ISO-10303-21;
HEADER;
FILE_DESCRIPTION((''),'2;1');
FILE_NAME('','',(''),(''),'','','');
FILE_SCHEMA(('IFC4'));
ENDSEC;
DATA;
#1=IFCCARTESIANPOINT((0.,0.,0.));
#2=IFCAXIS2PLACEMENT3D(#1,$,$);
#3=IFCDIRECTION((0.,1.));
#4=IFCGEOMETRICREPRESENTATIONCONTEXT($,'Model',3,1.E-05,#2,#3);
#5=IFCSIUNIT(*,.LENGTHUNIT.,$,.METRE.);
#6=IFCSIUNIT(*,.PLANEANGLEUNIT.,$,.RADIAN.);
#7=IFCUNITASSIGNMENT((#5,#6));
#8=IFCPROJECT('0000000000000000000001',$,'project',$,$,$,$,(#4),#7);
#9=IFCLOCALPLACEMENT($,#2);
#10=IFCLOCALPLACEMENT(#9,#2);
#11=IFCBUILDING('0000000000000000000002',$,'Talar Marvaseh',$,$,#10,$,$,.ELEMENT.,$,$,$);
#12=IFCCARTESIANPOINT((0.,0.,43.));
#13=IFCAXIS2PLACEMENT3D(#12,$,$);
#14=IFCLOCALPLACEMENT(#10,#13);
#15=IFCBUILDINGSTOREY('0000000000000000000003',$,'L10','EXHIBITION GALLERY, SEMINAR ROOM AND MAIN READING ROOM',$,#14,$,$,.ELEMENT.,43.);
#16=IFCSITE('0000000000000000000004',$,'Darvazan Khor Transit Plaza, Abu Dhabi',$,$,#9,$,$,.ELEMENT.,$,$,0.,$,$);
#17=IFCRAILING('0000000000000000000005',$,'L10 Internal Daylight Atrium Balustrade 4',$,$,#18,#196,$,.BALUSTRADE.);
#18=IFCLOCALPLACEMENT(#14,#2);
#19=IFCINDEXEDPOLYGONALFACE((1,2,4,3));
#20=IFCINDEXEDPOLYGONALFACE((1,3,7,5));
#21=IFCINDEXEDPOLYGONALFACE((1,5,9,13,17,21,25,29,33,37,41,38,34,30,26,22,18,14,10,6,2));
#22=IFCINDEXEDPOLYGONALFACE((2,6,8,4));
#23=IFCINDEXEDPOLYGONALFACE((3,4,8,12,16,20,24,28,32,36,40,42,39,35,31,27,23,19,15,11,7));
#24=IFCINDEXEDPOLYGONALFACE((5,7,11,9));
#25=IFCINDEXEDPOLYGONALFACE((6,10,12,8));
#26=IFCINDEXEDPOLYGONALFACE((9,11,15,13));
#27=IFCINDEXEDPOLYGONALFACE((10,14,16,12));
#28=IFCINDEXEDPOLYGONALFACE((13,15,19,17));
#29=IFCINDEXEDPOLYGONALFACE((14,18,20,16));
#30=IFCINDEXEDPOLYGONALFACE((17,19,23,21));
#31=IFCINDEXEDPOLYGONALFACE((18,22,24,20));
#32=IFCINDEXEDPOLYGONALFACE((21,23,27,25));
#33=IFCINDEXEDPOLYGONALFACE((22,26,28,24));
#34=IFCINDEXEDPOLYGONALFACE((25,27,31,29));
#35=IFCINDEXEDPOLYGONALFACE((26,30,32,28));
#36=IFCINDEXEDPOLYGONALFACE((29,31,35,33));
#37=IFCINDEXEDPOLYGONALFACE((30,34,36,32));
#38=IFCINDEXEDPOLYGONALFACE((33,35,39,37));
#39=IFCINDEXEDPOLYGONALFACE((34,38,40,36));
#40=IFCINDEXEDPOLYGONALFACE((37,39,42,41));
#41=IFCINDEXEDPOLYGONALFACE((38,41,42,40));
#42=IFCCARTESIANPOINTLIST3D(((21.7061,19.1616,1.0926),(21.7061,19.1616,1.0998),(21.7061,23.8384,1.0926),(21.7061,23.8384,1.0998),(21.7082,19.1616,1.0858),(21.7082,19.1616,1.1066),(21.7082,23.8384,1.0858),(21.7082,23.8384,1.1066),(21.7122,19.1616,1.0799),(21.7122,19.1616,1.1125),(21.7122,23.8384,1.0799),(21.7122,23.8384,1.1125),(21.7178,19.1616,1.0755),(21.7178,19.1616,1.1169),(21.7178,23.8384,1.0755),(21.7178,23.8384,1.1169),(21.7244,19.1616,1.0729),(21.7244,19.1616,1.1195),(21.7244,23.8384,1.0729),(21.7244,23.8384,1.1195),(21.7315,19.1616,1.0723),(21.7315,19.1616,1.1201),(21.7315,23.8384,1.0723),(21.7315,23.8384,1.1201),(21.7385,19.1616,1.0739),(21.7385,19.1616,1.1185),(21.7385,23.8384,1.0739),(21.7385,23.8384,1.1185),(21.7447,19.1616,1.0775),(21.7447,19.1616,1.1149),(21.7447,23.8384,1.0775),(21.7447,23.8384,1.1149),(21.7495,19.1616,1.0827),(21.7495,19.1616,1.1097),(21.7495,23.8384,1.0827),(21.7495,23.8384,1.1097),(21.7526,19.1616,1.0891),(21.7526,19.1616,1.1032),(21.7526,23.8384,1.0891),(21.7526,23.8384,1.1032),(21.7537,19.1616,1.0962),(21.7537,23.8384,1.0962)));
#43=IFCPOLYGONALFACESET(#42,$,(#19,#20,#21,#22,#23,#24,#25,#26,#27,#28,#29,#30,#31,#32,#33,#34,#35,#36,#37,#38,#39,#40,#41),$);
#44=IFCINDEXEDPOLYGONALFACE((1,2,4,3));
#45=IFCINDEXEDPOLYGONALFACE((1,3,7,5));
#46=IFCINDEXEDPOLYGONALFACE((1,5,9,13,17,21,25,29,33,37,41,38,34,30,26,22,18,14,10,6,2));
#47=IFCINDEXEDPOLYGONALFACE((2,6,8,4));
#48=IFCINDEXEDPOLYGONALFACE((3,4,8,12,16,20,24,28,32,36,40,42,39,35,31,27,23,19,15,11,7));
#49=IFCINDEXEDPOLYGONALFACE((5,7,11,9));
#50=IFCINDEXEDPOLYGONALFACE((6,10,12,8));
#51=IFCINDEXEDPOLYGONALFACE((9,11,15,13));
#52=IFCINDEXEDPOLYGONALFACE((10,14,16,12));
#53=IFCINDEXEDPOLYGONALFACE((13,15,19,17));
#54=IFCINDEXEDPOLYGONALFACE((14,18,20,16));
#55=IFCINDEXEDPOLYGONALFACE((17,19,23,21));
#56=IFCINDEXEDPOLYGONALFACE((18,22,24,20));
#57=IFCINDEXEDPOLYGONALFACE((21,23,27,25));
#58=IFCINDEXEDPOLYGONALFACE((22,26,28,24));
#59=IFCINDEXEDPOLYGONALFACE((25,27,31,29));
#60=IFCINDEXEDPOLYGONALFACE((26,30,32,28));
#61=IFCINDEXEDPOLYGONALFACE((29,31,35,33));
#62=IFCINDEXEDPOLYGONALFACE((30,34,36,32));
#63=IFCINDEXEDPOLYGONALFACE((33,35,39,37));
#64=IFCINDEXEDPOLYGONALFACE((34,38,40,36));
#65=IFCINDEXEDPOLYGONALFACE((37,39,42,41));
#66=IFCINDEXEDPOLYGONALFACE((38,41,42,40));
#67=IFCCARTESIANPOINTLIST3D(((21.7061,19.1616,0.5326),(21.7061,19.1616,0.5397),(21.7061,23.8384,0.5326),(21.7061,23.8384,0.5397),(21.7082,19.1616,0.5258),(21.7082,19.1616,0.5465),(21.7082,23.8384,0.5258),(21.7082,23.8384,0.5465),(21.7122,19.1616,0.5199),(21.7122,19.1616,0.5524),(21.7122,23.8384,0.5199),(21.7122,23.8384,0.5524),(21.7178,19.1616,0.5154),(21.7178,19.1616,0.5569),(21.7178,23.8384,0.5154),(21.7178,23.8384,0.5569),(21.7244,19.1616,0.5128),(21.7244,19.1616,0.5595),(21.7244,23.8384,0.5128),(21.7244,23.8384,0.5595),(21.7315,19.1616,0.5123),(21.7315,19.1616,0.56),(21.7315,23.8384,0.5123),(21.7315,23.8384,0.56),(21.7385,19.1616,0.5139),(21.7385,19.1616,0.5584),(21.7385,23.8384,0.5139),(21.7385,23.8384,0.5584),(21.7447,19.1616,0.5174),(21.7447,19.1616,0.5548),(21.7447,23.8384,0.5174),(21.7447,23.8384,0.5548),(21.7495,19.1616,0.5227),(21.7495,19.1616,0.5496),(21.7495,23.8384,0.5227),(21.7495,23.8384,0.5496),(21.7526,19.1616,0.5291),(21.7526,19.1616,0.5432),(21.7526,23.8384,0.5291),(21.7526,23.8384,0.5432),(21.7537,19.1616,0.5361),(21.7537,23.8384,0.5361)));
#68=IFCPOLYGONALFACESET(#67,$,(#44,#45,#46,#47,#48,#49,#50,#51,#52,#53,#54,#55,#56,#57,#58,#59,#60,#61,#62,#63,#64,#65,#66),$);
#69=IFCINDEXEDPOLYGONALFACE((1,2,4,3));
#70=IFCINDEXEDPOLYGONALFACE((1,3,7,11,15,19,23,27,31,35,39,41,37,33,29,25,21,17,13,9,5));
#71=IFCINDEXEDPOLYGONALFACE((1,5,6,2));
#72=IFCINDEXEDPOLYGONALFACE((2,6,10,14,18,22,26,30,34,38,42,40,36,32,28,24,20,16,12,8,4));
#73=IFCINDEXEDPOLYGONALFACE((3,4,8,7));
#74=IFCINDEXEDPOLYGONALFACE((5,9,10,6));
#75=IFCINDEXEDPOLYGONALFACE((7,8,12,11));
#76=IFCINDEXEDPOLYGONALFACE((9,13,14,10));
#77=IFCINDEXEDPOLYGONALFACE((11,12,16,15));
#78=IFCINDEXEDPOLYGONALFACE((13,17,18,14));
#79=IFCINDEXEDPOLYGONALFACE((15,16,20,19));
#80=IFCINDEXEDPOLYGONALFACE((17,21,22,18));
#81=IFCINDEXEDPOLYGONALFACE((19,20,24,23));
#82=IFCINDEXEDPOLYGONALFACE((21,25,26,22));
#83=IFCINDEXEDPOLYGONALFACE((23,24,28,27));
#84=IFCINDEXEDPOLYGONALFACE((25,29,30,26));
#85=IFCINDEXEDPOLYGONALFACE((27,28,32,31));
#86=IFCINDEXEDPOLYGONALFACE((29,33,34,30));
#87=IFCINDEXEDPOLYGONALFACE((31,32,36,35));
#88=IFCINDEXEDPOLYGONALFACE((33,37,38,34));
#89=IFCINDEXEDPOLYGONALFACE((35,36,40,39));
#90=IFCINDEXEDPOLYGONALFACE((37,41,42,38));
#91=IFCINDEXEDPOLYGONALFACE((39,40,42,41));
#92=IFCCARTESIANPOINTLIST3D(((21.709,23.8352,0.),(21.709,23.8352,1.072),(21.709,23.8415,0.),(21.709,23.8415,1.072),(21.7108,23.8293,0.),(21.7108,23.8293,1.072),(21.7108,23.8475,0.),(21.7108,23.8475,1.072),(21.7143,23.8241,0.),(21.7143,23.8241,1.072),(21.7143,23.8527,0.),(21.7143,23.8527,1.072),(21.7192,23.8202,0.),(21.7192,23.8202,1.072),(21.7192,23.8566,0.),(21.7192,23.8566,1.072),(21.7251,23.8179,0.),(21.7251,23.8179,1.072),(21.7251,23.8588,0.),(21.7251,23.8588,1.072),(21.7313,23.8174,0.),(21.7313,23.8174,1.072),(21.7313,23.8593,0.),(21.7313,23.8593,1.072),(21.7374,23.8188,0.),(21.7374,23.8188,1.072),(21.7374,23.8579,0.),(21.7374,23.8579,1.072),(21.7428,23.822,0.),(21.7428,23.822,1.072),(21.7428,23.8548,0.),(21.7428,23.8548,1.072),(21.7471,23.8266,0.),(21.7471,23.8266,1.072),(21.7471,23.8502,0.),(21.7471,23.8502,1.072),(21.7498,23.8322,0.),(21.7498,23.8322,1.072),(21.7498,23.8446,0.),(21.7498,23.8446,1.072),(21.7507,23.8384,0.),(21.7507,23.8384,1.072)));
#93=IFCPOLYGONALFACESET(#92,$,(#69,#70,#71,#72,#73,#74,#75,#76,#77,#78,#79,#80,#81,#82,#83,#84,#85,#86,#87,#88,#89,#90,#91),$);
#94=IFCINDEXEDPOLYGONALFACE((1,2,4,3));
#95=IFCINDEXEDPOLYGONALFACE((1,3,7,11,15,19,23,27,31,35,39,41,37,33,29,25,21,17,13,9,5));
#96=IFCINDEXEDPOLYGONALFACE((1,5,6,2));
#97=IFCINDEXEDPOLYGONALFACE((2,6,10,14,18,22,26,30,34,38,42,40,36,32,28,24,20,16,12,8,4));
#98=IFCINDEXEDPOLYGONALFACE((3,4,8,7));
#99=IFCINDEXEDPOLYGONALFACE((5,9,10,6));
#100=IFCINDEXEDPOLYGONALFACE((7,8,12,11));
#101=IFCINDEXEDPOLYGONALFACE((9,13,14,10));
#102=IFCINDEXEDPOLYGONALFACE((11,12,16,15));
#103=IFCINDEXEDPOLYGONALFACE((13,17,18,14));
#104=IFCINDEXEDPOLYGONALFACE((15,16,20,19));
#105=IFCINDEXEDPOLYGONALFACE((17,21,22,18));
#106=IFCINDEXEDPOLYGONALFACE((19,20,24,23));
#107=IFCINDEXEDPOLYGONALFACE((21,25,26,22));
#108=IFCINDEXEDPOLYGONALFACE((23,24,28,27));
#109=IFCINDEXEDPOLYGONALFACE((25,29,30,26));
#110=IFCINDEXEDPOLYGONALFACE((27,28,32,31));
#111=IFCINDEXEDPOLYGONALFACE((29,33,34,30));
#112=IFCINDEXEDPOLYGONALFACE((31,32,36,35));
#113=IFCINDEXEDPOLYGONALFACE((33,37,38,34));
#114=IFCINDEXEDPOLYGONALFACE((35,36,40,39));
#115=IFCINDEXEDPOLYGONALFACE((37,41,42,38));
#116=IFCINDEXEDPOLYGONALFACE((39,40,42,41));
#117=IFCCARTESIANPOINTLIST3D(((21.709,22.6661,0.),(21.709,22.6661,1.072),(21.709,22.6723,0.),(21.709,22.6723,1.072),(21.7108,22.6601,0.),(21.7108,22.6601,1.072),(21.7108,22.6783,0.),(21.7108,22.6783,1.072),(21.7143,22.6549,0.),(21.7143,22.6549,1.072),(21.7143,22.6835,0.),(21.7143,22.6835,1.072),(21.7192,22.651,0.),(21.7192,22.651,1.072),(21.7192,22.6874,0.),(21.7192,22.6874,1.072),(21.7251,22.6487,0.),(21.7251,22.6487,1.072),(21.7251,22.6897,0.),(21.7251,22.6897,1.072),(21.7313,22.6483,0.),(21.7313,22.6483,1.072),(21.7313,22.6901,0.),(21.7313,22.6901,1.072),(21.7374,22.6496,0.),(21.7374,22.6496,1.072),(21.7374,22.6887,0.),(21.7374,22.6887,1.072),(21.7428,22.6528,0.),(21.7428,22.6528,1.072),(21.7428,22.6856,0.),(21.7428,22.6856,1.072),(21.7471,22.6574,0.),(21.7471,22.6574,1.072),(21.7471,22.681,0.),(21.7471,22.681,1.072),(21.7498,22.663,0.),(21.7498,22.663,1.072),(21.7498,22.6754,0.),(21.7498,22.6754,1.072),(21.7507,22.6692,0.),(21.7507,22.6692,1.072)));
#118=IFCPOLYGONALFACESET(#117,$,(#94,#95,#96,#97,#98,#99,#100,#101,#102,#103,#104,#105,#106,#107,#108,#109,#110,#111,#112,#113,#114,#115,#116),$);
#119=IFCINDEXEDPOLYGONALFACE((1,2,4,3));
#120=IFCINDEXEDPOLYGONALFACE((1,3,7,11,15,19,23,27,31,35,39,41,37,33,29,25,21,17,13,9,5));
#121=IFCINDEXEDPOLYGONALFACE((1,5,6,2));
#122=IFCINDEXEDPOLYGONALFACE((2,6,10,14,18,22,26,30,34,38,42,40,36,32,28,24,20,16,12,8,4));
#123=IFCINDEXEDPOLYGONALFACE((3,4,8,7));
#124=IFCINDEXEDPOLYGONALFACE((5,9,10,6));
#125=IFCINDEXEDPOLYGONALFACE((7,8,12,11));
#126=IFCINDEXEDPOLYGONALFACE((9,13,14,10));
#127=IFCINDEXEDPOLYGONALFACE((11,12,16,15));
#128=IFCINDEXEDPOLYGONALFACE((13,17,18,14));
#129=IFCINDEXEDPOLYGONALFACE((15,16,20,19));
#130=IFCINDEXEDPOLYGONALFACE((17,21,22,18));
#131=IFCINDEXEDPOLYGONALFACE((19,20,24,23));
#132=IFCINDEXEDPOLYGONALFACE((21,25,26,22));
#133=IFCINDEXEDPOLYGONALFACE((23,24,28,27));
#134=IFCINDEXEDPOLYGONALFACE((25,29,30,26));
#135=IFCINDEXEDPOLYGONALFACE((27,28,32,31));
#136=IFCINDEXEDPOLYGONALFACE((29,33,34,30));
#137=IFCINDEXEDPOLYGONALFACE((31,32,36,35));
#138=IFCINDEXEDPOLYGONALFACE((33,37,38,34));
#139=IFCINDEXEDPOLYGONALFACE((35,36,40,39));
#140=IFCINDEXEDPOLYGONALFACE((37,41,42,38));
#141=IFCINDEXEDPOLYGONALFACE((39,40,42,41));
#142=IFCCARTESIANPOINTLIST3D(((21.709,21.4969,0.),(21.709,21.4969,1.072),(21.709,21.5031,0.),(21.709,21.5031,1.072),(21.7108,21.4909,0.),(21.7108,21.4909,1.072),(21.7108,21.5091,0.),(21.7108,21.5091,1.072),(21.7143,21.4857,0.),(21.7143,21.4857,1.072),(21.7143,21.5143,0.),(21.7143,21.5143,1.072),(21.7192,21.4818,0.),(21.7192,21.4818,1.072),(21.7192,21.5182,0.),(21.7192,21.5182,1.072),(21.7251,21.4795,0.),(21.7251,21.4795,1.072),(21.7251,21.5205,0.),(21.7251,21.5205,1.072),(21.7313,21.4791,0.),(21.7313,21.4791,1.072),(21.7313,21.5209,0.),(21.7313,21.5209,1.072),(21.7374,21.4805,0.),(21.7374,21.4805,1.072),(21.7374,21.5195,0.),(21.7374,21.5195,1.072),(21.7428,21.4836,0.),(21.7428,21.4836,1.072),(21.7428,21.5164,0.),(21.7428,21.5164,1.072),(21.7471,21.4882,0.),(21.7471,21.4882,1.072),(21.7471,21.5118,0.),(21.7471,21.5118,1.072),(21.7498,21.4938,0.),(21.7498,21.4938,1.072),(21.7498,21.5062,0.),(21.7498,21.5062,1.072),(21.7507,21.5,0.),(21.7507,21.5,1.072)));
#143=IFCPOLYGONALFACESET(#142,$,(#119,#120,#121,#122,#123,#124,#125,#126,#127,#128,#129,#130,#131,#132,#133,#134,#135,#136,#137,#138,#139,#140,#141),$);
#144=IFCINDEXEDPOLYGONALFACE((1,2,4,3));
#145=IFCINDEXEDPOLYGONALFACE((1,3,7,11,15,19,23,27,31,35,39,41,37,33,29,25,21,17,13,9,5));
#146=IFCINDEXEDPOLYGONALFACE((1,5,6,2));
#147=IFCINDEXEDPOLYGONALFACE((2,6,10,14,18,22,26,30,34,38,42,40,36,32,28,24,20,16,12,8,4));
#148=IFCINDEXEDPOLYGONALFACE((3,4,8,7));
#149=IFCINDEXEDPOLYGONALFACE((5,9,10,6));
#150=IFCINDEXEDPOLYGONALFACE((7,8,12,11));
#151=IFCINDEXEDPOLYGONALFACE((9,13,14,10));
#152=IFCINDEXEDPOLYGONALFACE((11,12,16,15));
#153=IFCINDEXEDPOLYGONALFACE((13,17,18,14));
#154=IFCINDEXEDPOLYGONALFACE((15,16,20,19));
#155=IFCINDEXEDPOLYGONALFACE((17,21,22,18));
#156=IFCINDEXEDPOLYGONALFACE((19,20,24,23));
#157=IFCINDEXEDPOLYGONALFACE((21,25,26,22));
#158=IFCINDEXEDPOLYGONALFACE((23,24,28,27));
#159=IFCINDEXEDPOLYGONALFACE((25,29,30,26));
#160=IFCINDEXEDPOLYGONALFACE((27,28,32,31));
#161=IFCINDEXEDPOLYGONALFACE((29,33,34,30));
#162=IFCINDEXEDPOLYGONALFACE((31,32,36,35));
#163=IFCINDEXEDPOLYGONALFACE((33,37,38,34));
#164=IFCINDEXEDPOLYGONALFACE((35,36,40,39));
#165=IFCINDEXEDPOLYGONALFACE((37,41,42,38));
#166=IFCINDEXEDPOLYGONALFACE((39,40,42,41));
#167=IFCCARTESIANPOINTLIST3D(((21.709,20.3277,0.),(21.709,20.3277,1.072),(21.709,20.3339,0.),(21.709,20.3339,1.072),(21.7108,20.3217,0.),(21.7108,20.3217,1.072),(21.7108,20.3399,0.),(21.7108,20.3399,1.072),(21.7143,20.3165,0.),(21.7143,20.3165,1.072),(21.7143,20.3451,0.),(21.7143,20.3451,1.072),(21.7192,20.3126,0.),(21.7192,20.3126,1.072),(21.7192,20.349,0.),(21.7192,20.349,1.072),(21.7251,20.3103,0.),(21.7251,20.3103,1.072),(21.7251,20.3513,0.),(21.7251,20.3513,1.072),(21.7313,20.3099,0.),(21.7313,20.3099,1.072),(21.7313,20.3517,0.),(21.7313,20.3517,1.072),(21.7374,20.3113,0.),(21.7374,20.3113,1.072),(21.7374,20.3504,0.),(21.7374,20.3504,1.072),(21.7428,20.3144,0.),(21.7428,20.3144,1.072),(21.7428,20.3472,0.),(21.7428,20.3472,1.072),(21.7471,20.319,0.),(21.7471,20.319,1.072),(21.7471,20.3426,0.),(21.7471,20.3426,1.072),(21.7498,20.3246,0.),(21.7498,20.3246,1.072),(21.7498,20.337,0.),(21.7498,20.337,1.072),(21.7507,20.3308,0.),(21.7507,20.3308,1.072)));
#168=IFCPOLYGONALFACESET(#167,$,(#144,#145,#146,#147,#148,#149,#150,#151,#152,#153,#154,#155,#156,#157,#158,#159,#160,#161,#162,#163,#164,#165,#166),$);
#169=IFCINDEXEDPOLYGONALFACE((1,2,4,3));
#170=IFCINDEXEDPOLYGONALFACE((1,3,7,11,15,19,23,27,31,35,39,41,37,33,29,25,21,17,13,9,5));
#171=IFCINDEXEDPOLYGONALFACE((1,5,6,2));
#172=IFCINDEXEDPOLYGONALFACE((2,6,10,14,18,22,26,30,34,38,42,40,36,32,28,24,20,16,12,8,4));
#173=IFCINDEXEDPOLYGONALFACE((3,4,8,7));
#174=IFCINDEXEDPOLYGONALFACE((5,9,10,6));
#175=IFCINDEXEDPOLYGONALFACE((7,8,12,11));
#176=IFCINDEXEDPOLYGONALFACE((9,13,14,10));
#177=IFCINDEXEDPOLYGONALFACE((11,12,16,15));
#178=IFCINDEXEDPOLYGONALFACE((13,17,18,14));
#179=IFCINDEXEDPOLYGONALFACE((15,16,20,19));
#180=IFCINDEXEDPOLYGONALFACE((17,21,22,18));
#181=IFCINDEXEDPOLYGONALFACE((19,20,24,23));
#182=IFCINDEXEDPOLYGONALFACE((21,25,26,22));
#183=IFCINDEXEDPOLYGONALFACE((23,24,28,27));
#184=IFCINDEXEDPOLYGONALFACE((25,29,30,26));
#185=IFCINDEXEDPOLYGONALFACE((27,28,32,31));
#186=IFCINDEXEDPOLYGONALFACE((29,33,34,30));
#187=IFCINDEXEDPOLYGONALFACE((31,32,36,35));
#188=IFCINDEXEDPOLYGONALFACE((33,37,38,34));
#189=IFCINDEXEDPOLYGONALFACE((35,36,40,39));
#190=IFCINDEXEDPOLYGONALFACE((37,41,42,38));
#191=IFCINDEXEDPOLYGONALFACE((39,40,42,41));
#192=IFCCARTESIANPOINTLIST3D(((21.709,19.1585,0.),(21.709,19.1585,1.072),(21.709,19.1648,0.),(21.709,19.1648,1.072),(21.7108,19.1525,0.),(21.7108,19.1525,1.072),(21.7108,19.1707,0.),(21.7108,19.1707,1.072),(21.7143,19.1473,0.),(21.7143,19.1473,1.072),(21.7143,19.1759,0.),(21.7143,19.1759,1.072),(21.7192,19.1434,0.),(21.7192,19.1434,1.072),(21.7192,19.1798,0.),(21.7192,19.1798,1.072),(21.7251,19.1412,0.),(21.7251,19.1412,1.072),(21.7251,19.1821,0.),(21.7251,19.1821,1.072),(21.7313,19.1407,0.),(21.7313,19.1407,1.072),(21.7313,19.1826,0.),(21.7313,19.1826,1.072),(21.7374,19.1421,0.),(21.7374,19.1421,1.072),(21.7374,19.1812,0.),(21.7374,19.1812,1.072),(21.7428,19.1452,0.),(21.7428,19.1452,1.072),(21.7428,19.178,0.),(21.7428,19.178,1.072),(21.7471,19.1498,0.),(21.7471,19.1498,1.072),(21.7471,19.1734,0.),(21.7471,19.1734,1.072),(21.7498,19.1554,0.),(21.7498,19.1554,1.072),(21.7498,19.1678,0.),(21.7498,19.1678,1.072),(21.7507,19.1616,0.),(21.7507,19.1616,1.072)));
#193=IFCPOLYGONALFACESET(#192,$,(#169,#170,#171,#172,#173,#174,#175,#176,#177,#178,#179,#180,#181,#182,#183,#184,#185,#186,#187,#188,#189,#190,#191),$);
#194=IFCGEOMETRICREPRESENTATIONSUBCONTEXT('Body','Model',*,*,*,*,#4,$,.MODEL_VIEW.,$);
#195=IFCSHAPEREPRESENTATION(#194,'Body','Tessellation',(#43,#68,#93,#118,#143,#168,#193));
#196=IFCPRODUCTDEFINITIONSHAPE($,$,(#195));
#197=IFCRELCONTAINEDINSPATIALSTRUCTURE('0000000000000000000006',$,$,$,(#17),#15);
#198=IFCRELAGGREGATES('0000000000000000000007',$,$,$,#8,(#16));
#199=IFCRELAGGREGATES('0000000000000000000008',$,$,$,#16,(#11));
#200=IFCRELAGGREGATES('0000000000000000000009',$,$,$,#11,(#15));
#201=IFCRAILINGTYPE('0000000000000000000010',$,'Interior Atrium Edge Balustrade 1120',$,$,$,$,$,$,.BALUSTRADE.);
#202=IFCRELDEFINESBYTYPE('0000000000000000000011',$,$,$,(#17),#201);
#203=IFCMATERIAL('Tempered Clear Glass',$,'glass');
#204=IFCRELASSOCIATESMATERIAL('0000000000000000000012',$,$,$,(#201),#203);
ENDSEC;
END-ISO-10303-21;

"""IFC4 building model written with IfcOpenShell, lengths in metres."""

from ifc_helpers import new_model, si_unit, direction, frame, origin, origin_2d, place, context, subcontext, project, spatial, circle, extrude, material, type_object, element, save


model = new_model("IFC4")

# Units and contexts
model_context = context("Model", 3, precision=1e-05, world=origin(), true_north=direction((0.0, 1.0)))
body_context = subcontext(model_context, "Body", "Model", "MODEL_VIEW")
ifc_project = project(units=[si_unit("LENGTHUNIT", "METRE"), si_unit("PLANEANGLEUNIT", "RADIAN")], contexts=[model_context])

# Site, building, storey
site_placement = place(None, origin())
site = spatial("IfcSite", under=ifc_project, at=site_placement, Name="Darvazan Khor Transit Plaza, Abu Dhabi", CompositionType="ELEMENT", RefElevation=0.0)
building_placement = place(site_placement, origin())
building = spatial("IfcBuilding", under=site, at=building_placement, Name="Talar Marvaseh", CompositionType="ELEMENT")
storey_placement = place(building_placement, frame((0.0, 0.0, 43.0)))
storey = spatial("IfcBuildingStorey", under=building, at=storey_placement, Name="L10", Description="EXHIBITION GALLERY, SEMINAR ROOM AND MAIN READING ROOM", CompositionType="ELEMENT", Elevation=43.0)

# Railing
ifc_material_1 = material(Name="Tempered Clear Glass", Category="glass")
railing_type_1 = type_object("IfcRailingType", Name="Interior Atrium Edge Balustrade 1120", PredefinedType="BALUSTRADE", material=ifc_material_1)
railing_1_placement = place(storey_placement, frame((21.7297, 23.8384, 0.0)))
element("IfcRailing", 1, at=railing_1_placement, inside=storey, type_object=railing_type_1, Name="L10 Internal Daylight Atrium Balustrade 4", PredefinedType="BALUSTRADE", context=body_context, shape_type="SweptSolid", body=[
    extrude(circle(Radius=0.0239, at=origin_2d()), frame((0.0, 0.0, 1.0962), z_axis=(0.0, -1.0, 0.0), x_axis=(1.0, 0.0, 0.0)), (0.0, 0.0, 1.0), 4.6768),
    extrude(circle(Radius=0.0239, at=origin_2d()), frame((0.0, 0.0, 0.5361), z_axis=(0.0, -1.0, 0.0), x_axis=(1.0, 0.0, 0.0)), (0.0, 0.0, 1.0), 4.6768),
    extrude(circle(Radius=0.021, at=origin_2d()), origin(), (0.0, 0.0, 1.0), 1.072),
    extrude(circle(Radius=0.021, at=origin_2d()), frame((0.0, -1.1692, 0.0)), (0.0, 0.0, 1.0), 1.072),
    extrude(circle(Radius=0.021, at=origin_2d()), frame((0.0, -2.3384, 0.0)), (0.0, 0.0, 1.0), 1.072),
    extrude(circle(Radius=0.021, at=origin_2d()), frame((0.0, -3.5076, 0.0)), (0.0, 0.0, 1.0), 1.072),
    extrude(circle(Radius=0.021, at=origin_2d()), frame((0.0, -4.6768, 0.0)), (0.0, 0.0, 1.0), 1.072),
])

save(model, "model.ifc")
